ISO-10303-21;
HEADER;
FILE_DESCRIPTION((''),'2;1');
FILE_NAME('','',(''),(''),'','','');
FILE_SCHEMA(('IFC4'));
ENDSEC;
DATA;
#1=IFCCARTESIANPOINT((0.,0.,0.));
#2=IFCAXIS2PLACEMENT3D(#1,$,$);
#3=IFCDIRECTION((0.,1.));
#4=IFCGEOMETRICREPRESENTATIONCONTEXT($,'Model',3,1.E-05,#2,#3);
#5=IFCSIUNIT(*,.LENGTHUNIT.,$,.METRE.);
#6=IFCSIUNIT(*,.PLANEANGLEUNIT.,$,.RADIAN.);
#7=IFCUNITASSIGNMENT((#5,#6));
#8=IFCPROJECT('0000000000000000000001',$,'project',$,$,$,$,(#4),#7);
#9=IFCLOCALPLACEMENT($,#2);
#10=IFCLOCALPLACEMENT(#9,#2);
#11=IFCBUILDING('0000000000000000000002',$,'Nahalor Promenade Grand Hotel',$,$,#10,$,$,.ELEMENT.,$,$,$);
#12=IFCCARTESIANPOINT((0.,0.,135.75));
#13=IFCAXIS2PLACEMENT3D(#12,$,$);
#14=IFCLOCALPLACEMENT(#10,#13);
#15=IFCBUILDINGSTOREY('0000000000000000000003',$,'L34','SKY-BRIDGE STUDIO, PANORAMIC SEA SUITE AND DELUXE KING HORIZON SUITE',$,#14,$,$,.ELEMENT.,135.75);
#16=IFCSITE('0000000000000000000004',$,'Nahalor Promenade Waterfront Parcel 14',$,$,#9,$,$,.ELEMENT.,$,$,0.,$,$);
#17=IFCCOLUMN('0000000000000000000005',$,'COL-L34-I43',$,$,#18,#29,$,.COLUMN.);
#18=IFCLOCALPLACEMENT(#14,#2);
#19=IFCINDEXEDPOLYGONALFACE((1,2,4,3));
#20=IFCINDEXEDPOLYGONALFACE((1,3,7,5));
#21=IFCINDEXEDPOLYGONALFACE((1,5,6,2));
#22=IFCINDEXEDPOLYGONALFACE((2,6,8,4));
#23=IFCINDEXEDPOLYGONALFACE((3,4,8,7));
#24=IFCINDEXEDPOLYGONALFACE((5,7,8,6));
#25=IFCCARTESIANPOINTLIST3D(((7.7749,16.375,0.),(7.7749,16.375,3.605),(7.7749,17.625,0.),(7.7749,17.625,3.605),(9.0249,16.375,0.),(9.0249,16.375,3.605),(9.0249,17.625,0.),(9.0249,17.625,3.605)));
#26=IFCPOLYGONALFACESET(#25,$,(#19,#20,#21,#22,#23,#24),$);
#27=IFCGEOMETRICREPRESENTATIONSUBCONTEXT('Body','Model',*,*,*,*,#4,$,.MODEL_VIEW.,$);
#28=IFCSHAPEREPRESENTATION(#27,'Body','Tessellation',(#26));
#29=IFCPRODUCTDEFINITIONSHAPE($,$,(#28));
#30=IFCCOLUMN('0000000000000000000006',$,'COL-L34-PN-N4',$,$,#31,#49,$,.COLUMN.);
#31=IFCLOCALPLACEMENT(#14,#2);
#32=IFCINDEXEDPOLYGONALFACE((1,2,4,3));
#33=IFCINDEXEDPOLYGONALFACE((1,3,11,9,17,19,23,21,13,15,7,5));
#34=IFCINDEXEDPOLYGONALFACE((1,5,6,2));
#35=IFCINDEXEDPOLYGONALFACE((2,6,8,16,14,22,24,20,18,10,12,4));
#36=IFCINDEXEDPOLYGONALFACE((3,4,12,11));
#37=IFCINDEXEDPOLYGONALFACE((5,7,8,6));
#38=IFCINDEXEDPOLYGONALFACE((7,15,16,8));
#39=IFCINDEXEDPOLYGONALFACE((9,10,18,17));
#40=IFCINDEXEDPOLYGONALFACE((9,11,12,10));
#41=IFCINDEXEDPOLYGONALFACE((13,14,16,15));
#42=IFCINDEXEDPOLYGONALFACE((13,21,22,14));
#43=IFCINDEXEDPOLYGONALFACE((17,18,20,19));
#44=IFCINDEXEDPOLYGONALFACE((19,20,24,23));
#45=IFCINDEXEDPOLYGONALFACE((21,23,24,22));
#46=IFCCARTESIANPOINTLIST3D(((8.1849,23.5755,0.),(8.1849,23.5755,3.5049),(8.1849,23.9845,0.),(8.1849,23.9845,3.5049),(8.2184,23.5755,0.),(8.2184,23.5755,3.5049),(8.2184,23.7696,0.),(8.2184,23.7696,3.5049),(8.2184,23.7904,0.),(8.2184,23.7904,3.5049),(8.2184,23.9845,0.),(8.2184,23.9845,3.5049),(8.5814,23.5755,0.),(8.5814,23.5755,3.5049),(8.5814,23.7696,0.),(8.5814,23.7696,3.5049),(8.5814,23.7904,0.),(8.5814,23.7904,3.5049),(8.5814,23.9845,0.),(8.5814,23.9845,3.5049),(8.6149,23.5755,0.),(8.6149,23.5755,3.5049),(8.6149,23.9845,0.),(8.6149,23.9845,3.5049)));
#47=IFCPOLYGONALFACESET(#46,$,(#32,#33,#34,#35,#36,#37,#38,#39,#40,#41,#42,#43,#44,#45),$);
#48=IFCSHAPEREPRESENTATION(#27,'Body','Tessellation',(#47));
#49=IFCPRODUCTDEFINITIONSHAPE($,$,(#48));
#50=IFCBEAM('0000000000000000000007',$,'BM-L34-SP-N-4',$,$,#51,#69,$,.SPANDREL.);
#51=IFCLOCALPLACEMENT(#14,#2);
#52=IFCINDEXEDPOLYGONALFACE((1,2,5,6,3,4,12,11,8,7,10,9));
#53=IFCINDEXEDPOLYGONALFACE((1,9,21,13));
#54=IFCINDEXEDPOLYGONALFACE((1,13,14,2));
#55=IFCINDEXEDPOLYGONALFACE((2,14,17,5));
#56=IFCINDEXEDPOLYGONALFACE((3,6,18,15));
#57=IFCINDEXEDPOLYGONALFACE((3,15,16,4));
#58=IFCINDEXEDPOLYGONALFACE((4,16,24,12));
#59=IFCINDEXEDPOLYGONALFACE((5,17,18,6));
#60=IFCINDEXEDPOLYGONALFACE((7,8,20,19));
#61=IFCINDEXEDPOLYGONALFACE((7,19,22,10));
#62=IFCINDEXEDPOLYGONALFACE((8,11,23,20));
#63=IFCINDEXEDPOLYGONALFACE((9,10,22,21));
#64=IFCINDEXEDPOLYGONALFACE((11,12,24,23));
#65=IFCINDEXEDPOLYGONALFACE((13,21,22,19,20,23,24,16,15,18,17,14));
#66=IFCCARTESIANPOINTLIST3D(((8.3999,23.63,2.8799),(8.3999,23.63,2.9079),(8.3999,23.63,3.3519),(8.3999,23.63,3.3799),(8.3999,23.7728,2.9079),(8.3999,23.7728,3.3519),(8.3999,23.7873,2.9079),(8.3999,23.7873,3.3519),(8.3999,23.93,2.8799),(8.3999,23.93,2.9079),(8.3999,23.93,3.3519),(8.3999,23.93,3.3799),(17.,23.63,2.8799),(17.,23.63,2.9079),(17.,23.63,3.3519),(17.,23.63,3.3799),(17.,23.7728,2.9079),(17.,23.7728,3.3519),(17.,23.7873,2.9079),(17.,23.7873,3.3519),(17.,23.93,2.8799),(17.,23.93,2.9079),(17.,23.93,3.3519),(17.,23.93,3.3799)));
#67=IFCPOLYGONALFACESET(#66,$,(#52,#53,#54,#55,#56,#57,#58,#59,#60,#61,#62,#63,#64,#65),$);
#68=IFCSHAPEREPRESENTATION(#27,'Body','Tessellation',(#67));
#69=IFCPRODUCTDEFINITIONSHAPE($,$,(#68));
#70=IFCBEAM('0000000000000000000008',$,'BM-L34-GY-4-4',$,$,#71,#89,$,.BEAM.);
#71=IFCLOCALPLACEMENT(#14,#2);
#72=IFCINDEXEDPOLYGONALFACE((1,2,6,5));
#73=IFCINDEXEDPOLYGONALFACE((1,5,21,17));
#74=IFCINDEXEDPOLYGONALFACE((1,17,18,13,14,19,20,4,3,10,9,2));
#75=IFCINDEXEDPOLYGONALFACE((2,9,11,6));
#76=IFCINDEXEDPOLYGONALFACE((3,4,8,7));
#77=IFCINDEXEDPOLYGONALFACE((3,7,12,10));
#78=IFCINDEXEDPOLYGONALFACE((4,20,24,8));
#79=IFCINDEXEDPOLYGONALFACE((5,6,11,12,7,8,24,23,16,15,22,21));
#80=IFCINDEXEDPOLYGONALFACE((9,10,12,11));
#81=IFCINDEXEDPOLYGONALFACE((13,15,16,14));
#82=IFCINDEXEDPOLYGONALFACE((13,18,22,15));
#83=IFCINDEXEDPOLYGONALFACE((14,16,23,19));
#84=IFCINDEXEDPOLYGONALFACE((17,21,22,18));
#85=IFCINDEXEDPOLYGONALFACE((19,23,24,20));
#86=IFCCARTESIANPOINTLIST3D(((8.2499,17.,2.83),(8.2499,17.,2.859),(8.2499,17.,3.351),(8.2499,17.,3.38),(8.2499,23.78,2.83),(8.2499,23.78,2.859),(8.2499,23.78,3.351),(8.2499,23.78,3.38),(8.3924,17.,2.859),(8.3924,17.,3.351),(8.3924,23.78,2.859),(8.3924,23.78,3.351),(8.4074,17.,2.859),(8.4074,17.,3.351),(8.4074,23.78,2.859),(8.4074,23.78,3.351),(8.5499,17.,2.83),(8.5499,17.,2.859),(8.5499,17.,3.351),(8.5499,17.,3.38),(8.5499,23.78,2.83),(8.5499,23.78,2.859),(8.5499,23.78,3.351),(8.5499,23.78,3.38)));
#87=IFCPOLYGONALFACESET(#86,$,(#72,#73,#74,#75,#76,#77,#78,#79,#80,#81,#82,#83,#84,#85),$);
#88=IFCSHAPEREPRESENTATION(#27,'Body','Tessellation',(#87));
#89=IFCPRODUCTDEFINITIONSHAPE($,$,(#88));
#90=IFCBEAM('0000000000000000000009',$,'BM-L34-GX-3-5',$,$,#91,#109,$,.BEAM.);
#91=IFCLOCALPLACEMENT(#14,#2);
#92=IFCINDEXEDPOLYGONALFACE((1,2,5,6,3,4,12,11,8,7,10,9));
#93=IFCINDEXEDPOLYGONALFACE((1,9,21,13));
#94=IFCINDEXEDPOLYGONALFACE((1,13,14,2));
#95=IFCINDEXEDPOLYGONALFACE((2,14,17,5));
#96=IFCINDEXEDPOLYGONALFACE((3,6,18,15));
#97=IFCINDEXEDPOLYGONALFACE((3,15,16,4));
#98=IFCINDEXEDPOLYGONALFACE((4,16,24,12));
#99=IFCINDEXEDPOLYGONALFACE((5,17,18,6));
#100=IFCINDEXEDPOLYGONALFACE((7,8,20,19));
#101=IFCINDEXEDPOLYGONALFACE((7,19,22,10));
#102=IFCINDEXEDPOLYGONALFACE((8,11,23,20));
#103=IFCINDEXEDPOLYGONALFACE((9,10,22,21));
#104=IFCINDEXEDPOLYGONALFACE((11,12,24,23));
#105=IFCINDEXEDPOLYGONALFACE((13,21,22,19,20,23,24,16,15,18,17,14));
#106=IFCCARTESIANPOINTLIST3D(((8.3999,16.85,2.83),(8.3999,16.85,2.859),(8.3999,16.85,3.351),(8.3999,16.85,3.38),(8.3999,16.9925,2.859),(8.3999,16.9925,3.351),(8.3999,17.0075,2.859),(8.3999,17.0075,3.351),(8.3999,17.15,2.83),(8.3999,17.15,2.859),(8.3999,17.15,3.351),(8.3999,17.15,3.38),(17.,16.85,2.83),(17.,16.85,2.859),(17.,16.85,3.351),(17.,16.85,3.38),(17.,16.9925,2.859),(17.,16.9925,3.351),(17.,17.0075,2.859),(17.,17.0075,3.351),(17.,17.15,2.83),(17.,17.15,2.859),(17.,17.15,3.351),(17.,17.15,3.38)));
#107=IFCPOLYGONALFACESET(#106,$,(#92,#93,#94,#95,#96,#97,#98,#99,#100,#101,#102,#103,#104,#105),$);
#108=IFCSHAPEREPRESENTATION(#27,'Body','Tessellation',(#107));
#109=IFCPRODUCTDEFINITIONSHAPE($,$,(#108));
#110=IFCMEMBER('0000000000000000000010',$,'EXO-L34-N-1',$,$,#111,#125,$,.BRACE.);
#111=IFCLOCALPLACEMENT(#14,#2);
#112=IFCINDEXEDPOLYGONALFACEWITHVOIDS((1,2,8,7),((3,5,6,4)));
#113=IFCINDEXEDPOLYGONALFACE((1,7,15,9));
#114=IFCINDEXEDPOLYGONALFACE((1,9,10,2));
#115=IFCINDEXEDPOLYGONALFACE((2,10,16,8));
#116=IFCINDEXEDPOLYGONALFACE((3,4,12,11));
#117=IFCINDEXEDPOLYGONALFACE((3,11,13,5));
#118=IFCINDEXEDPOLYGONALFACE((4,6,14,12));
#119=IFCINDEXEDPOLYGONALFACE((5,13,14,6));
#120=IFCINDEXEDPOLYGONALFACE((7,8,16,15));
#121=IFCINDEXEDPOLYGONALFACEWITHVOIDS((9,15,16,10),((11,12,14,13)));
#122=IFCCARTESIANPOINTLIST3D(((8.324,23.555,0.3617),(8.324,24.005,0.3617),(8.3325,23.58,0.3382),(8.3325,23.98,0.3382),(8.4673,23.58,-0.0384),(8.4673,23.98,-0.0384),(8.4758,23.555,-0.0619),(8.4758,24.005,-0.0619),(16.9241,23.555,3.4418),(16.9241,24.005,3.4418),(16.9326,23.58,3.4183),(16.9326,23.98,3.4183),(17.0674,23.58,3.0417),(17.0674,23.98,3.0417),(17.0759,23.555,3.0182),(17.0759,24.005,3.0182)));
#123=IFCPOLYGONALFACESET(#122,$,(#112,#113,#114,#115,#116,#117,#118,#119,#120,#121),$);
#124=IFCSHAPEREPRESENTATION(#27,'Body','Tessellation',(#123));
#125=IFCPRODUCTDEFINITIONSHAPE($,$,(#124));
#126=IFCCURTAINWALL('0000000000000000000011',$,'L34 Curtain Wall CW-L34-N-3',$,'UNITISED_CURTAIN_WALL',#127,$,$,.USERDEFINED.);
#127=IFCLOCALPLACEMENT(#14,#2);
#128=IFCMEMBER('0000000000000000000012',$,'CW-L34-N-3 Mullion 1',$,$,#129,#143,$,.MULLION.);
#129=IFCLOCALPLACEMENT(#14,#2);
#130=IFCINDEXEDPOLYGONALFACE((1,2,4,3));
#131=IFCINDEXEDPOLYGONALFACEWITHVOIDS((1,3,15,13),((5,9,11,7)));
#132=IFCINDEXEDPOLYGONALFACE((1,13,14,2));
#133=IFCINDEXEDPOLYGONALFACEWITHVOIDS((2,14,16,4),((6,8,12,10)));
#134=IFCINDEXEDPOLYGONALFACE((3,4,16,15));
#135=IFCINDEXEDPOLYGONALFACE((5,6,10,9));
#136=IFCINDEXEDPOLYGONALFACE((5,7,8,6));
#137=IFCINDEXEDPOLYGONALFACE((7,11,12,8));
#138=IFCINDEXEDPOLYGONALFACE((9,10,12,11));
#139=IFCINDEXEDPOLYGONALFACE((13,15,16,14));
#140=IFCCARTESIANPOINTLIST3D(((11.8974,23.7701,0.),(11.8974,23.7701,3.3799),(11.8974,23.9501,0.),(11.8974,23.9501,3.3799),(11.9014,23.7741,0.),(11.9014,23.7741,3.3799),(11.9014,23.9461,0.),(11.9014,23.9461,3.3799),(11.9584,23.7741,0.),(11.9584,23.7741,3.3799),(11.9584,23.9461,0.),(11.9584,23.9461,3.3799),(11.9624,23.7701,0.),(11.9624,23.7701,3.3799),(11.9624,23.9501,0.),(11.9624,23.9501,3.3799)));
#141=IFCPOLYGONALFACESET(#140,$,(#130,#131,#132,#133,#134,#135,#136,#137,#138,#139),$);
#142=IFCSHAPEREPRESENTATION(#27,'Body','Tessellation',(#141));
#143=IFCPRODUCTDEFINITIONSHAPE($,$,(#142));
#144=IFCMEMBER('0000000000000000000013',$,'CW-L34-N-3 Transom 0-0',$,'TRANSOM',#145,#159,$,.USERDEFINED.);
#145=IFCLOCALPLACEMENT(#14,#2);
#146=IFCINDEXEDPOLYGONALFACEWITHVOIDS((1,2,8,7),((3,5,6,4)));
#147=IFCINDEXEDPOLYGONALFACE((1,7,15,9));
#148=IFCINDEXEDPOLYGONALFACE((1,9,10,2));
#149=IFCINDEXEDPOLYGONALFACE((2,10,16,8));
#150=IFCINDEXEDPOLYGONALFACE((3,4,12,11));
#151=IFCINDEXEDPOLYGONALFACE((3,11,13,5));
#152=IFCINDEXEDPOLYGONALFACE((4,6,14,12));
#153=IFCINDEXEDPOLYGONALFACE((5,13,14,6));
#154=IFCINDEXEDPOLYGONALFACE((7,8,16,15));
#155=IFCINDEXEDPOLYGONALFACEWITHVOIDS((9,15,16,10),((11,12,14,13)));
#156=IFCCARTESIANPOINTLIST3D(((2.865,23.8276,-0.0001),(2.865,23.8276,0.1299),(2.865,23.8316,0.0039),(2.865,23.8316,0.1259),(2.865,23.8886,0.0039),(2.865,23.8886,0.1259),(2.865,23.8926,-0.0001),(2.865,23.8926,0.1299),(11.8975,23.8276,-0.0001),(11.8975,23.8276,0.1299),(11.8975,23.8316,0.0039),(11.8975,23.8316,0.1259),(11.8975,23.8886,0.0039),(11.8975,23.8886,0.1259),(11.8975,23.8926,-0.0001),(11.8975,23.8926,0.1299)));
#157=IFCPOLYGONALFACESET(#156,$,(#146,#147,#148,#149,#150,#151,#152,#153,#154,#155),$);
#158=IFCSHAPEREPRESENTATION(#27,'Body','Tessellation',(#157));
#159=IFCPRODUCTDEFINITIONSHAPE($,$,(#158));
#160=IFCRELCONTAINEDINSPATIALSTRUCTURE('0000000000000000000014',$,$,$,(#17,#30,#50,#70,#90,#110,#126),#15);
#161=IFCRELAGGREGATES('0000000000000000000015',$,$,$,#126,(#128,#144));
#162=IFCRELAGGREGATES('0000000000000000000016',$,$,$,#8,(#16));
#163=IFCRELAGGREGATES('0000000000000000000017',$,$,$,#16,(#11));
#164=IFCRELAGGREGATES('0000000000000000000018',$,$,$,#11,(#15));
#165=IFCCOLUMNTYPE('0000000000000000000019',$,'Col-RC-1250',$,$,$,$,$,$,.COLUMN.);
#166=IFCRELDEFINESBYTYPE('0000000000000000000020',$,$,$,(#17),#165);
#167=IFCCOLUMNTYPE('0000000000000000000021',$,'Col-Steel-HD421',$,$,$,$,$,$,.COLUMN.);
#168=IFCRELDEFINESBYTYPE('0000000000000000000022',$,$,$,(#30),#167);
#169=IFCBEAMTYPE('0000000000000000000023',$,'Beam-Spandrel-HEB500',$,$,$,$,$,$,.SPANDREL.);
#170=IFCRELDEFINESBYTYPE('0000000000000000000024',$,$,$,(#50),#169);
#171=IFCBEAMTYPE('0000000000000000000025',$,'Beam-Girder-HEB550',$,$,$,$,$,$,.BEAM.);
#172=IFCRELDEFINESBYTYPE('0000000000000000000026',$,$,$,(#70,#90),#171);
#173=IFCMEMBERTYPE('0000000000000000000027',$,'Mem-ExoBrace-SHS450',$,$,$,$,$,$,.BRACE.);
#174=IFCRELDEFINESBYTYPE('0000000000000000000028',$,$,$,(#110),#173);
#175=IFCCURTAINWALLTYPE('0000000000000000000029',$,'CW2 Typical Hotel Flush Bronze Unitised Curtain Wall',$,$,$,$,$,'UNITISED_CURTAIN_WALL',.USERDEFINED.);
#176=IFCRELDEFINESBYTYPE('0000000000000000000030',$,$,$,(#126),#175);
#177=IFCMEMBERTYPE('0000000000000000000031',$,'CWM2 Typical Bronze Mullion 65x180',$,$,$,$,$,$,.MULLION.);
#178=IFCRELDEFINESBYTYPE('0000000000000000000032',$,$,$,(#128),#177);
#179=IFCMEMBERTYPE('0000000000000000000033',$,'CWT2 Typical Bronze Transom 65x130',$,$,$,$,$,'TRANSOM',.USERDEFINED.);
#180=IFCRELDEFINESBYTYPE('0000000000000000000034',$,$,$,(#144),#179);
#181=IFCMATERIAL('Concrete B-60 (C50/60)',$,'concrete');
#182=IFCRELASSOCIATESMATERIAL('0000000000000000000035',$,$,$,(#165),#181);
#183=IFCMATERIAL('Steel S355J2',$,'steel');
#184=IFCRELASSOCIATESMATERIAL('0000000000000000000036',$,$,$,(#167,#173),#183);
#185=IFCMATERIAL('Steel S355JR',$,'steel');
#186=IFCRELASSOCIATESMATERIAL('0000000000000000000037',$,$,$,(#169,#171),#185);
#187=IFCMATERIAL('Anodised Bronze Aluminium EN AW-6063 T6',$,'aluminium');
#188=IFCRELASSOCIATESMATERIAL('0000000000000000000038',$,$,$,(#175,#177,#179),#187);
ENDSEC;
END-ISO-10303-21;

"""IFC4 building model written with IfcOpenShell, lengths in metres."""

from ifc_helpers import new_model, si_unit, direction, frame, origin, origin_2d, place, context, subcontext, project, spatial, rectangle, hollow_rectangle, i_section, extrude, source, transform, mapped, material, material_profile, profile_set, type_object, element, aggregate, save


model = new_model("IFC4")

# Units and contexts
model_context = context("Model", 3, precision=1e-05, world=origin(), true_north=direction((0.0, 1.0)))
body_context = subcontext(model_context, "Body", "Model", "MODEL_VIEW")
ifc_project = project(units=[si_unit("LENGTHUNIT", "METRE"), si_unit("PLANEANGLEUNIT", "RADIAN")], contexts=[model_context])

# Site, building, storey
site_placement = place(None, origin())
site = spatial("IfcSite", under=ifc_project, at=site_placement, Name="Nahalor Promenade Waterfront Parcel 14", CompositionType="ELEMENT", RefElevation=0.0)
building_placement = place(site_placement, origin())
building = spatial("IfcBuilding", under=site, at=building_placement, Name="Nahalor Promenade Grand Hotel", CompositionType="ELEMENT")
storey_placement = place(building_placement, frame((0.0, 0.0, 135.75)))
storey = spatial("IfcBuildingStorey", under=building, at=storey_placement, Name="L34", Description="SKY-BRIDGE STUDIO, PANORAMIC SEA SUITE AND DELUXE KING HORIZON SUITE", CompositionType="ELEMENT", Elevation=135.75)

# Columns
ifc_material_1 = material(Name="Concrete B-60 (C50/60)", Category="concrete")
ifc_material_profile_1 = material_profile(ifc_material_1, rectangle(XDim=1.25, YDim=1.25, at=origin_2d()), Name="RC 1250x1250")
ifc_profile_set_1 = profile_set([ifc_material_profile_1], Name="Concrete B-60 (C50/60)")
column_type_1 = type_object("IfcColumnType", Name="Col-RC-1250", PredefinedType="COLUMN", material=ifc_profile_set_1)
shared_shape_1 = source(origin(), body_context, "Body", "SweptSolid", [
    extrude(rectangle(XDim=1.25, YDim=1.25, at=origin_2d()), origin(), (0.0, 0.0, 1.0), 3.605),
])
column_1_placement = place(storey_placement, frame((8.3999, 17.0, 0.0), z_axis=(0.0, 0.0, 1.0), x_axis=(1.0, 0.0, 0.0)))
element("IfcColumn", 1, at=column_1_placement, inside=storey, type_object=column_type_1, Name="COL-L34-I43", PredefinedType="COLUMN", context=body_context, shape_type="MappedRepresentation", body=[
    mapped(shared_shape_1, transform((0.0, 0.0, 0.0), scale=1.0)),
])
ifc_material_2 = material(Name="Steel S355J2", Category="steel")
ifc_material_profile_2 = material_profile(ifc_material_2, i_section(OverallWidth=0.409, OverallDepth=0.43, WebThickness=0.0208, FlangeThickness=0.0335, at=origin_2d()), Name="HD 400x421")
ifc_profile_set_2 = profile_set([ifc_material_profile_2], Name="Steel S355J2")
column_type_2 = type_object("IfcColumnType", Name="Col-Steel-HD421", PredefinedType="COLUMN", material=ifc_profile_set_2)
shared_shape_2 = source(origin(), body_context, "Body", "SweptSolid", [
    extrude(i_section(OverallWidth=0.409, OverallDepth=0.43, WebThickness=0.0208, FlangeThickness=0.0335, at=origin_2d()), origin(), (0.0, 0.0, 1.0), 3.5049),
])
column_2_placement = place(storey_placement, frame((8.3999, 23.78, 0.0), z_axis=(0.0, 0.0, 1.0), x_axis=(0.0, 1.0, 0.0)))
element("IfcColumn", 2, at=column_2_placement, inside=storey, type_object=column_type_2, Name="COL-L34-PN-N4", PredefinedType="COLUMN", context=body_context, shape_type="MappedRepresentation", body=[
    mapped(shared_shape_2, transform((0.0, 0.0, 0.0), scale=1.0)),
])

# Beams
ifc_material_3 = material(Name="Steel S355JR", Category="steel")
ifc_material_profile_3 = material_profile(ifc_material_3, i_section(OverallWidth=0.3, OverallDepth=0.5, WebThickness=0.0145, FlangeThickness=0.028, at=origin_2d()), Name="HEB 500")
ifc_profile_set_3 = profile_set([ifc_material_profile_3], Name="Steel S355JR")
beam_type_1 = type_object("IfcBeamType", Name="Beam-Spandrel-HEB500", PredefinedType="SPANDREL", material=ifc_profile_set_3)
shared_shape_3 = source(origin(), body_context, "Body", "SweptSolid", [
    extrude(i_section(OverallWidth=0.3, OverallDepth=0.5, WebThickness=0.0145, FlangeThickness=0.028, at=origin_2d()), origin(), (0.0, 0.0, 1.0), 8.6001),
])
beam_1_placement = place(storey_placement, frame((8.3999, 23.78, 3.1299), z_axis=(1.0, 0.0, 0.0), x_axis=(0.0, 1.0, 0.0)))
element("IfcBeam", 3, at=beam_1_placement, inside=storey, type_object=beam_type_1, Name="BM-L34-SP-N-4", PredefinedType="SPANDREL", context=body_context, shape_type="MappedRepresentation", body=[
    mapped(shared_shape_3, transform((0.0, 0.0, 0.0), scale=1.0)),
])
ifc_material_profile_4 = material_profile(ifc_material_3, i_section(OverallWidth=0.3, OverallDepth=0.55, WebThickness=0.015, FlangeThickness=0.029, at=origin_2d()), Name="HEB 550")
ifc_profile_set_4 = profile_set([ifc_material_profile_4], Name="Steel S355JR")
beam_type_2 = type_object("IfcBeamType", Name="Beam-Girder-HEB550", PredefinedType="BEAM", material=ifc_profile_set_4)
shared_shape_4 = source(origin(), body_context, "Body", "SweptSolid", [
    extrude(i_section(OverallWidth=0.3, OverallDepth=0.55, WebThickness=0.015, FlangeThickness=0.029, at=origin_2d()), origin(), (0.0, 0.0, 1.0), 6.78),
])
beam_2_placement = place(storey_placement, frame((8.3999, 17.0, 3.105), z_axis=(0.0, 1.0, 0.0), x_axis=(-1.0, 0.0, 0.0)))
element("IfcBeam", 4, at=beam_2_placement, inside=storey, type_object=beam_type_2, Name="BM-L34-GY-4-4", PredefinedType="BEAM", context=body_context, shape_type="MappedRepresentation", body=[
    mapped(shared_shape_4, transform((0.0, 0.0, 0.0), scale=1.0)),
])
shared_shape_5 = source(origin(), body_context, "Body", "SweptSolid", [
    extrude(i_section(OverallWidth=0.3, OverallDepth=0.55, WebThickness=0.015, FlangeThickness=0.029, at=origin_2d()), origin(), (0.0, 0.0, 1.0), 8.6001),
])
beam_3_placement = place(storey_placement, frame((8.3999, 17.0, 3.105), z_axis=(1.0, 0.0, 0.0), x_axis=(0.0, 1.0, 0.0)))
element("IfcBeam", 5, at=beam_3_placement, inside=storey, type_object=beam_type_2, Name="BM-L34-GX-3-5", PredefinedType="BEAM", context=body_context, shape_type="MappedRepresentation", body=[
    mapped(shared_shape_5, transform((0.0, 0.0, 0.0), scale=1.0)),
])

# Member
ifc_material_profile_5 = material_profile(ifc_material_2, hollow_rectangle(XDim=0.45, YDim=0.45, WallThickness=0.025, at=origin_2d()), Name="SHS 450x450x25")
ifc_profile_set_5 = profile_set([ifc_material_profile_5], Name="Steel S355J2")
member_type_1 = type_object("IfcMemberType", Name="Mem-ExoBrace-SHS450", PredefinedType="BRACE", material=ifc_profile_set_5)
shared_shape_6 = source(origin(), body_context, "Body", "SweptSolid", [
    extrude(hollow_rectangle(XDim=0.45, YDim=0.45, WallThickness=0.025, at=origin_2d()), origin(), (0.0, 0.0, 1.0), 9.135),
])
member_1_placement = place(storey_placement, frame((8.3999, 23.78, 0.1499), z_axis=(0.941443, 0.0, 0.337173), x_axis=(0.0, 1.0, 0.0)))
element("IfcMember", 6, at=member_1_placement, inside=storey, type_object=member_type_1, Name="EXO-L34-N-1", PredefinedType="BRACE", context=body_context, shape_type="MappedRepresentation", body=[
    mapped(shared_shape_6, transform((0.0, 0.0, 0.0), scale=1.0)),
])

# Curtain wall, members
ifc_material_4 = material(Name="Anodised Bronze Aluminium EN AW-6063 T6", Category="aluminium")
curtain_wall_type = type_object("IfcCurtainWallType", Name="CW2 Typical Hotel Flush Bronze Unitised Curtain Wall", ElementType="UNITISED_CURTAIN_WALL", PredefinedType="USERDEFINED", material=ifc_material_4)
curtain_wall_placement = place(storey_placement, origin())
curtain_wall = element("IfcCurtainWall", 7, at=curtain_wall_placement, inside=storey, type_object=curtain_wall_type, Name="L34 Curtain Wall CW-L34-N-3", ObjectType="UNITISED_CURTAIN_WALL", PredefinedType="USERDEFINED")
ifc_material_profile_6 = material_profile(ifc_material_4, hollow_rectangle(XDim=0.065, YDim=0.18, WallThickness=0.004, at=origin_2d()), Name="CWM 65x180x4")
ifc_profile_set_6 = profile_set([ifc_material_profile_6], Name="Anodised Bronze Aluminium EN AW-6063 T6")
member_type_2 = type_object("IfcMemberType", Name="CWM2 Typical Bronze Mullion 65x180", PredefinedType="MULLION", material=ifc_profile_set_6)
shared_shape_7 = source(origin(), body_context, "Body", "SweptSolid", [
    extrude(hollow_rectangle(XDim=0.065, YDim=0.18, WallThickness=0.004, at=origin_2d()), origin(), (0.0, 0.0, 1.0), 3.3799),
])
member_2_placement = place(storey_placement, frame((11.9299, 23.8601, 0.0), z_axis=(0.0, 0.0, 1.0), x_axis=(1.0, 0.0, 0.0)))
member_2 = element("IfcMember", 8, at=member_2_placement, type_object=member_type_2, Name="CW-L34-N-3 Mullion 1", PredefinedType="MULLION", context=body_context, shape_type="MappedRepresentation", body=[
    mapped(shared_shape_7, transform((0.0, 0.0, 0.0), scale=1.0)),
])
ifc_material_profile_7 = material_profile(ifc_material_4, hollow_rectangle(XDim=0.065, YDim=0.13, WallThickness=0.004, at=origin_2d()), Name="CWT 65x130x4")
ifc_profile_set_7 = profile_set([ifc_material_profile_7], Name="Anodised Bronze Aluminium EN AW-6063 T6")
member_type_3 = type_object("IfcMemberType", Name="CWT2 Typical Bronze Transom 65x130", ElementType="TRANSOM", PredefinedType="USERDEFINED", material=ifc_profile_set_7)
shared_shape_8 = source(origin(), body_context, "Body", "SweptSolid", [
    extrude(hollow_rectangle(XDim=0.065, YDim=0.13, WallThickness=0.004, at=origin_2d()), origin(), (0.0, 0.0, 1.0), 9.0325),
])
member_3_placement = place(storey_placement, frame((2.865, 23.8601, 0.0649), z_axis=(1.0, 0.0, 0.0), x_axis=(0.0, 1.0, 0.0)))
member_3 = element("IfcMember", 9, at=member_3_placement, type_object=member_type_3, Name="CW-L34-N-3 Transom 0-0", ObjectType="TRANSOM", PredefinedType="USERDEFINED", context=body_context, shape_type="MappedRepresentation", body=[
    mapped(shared_shape_8, transform((0.0, 0.0, 0.0), scale=1.0)),
])
aggregate(curtain_wall, [member_2, member_3])

save(model, "model.ifc")
